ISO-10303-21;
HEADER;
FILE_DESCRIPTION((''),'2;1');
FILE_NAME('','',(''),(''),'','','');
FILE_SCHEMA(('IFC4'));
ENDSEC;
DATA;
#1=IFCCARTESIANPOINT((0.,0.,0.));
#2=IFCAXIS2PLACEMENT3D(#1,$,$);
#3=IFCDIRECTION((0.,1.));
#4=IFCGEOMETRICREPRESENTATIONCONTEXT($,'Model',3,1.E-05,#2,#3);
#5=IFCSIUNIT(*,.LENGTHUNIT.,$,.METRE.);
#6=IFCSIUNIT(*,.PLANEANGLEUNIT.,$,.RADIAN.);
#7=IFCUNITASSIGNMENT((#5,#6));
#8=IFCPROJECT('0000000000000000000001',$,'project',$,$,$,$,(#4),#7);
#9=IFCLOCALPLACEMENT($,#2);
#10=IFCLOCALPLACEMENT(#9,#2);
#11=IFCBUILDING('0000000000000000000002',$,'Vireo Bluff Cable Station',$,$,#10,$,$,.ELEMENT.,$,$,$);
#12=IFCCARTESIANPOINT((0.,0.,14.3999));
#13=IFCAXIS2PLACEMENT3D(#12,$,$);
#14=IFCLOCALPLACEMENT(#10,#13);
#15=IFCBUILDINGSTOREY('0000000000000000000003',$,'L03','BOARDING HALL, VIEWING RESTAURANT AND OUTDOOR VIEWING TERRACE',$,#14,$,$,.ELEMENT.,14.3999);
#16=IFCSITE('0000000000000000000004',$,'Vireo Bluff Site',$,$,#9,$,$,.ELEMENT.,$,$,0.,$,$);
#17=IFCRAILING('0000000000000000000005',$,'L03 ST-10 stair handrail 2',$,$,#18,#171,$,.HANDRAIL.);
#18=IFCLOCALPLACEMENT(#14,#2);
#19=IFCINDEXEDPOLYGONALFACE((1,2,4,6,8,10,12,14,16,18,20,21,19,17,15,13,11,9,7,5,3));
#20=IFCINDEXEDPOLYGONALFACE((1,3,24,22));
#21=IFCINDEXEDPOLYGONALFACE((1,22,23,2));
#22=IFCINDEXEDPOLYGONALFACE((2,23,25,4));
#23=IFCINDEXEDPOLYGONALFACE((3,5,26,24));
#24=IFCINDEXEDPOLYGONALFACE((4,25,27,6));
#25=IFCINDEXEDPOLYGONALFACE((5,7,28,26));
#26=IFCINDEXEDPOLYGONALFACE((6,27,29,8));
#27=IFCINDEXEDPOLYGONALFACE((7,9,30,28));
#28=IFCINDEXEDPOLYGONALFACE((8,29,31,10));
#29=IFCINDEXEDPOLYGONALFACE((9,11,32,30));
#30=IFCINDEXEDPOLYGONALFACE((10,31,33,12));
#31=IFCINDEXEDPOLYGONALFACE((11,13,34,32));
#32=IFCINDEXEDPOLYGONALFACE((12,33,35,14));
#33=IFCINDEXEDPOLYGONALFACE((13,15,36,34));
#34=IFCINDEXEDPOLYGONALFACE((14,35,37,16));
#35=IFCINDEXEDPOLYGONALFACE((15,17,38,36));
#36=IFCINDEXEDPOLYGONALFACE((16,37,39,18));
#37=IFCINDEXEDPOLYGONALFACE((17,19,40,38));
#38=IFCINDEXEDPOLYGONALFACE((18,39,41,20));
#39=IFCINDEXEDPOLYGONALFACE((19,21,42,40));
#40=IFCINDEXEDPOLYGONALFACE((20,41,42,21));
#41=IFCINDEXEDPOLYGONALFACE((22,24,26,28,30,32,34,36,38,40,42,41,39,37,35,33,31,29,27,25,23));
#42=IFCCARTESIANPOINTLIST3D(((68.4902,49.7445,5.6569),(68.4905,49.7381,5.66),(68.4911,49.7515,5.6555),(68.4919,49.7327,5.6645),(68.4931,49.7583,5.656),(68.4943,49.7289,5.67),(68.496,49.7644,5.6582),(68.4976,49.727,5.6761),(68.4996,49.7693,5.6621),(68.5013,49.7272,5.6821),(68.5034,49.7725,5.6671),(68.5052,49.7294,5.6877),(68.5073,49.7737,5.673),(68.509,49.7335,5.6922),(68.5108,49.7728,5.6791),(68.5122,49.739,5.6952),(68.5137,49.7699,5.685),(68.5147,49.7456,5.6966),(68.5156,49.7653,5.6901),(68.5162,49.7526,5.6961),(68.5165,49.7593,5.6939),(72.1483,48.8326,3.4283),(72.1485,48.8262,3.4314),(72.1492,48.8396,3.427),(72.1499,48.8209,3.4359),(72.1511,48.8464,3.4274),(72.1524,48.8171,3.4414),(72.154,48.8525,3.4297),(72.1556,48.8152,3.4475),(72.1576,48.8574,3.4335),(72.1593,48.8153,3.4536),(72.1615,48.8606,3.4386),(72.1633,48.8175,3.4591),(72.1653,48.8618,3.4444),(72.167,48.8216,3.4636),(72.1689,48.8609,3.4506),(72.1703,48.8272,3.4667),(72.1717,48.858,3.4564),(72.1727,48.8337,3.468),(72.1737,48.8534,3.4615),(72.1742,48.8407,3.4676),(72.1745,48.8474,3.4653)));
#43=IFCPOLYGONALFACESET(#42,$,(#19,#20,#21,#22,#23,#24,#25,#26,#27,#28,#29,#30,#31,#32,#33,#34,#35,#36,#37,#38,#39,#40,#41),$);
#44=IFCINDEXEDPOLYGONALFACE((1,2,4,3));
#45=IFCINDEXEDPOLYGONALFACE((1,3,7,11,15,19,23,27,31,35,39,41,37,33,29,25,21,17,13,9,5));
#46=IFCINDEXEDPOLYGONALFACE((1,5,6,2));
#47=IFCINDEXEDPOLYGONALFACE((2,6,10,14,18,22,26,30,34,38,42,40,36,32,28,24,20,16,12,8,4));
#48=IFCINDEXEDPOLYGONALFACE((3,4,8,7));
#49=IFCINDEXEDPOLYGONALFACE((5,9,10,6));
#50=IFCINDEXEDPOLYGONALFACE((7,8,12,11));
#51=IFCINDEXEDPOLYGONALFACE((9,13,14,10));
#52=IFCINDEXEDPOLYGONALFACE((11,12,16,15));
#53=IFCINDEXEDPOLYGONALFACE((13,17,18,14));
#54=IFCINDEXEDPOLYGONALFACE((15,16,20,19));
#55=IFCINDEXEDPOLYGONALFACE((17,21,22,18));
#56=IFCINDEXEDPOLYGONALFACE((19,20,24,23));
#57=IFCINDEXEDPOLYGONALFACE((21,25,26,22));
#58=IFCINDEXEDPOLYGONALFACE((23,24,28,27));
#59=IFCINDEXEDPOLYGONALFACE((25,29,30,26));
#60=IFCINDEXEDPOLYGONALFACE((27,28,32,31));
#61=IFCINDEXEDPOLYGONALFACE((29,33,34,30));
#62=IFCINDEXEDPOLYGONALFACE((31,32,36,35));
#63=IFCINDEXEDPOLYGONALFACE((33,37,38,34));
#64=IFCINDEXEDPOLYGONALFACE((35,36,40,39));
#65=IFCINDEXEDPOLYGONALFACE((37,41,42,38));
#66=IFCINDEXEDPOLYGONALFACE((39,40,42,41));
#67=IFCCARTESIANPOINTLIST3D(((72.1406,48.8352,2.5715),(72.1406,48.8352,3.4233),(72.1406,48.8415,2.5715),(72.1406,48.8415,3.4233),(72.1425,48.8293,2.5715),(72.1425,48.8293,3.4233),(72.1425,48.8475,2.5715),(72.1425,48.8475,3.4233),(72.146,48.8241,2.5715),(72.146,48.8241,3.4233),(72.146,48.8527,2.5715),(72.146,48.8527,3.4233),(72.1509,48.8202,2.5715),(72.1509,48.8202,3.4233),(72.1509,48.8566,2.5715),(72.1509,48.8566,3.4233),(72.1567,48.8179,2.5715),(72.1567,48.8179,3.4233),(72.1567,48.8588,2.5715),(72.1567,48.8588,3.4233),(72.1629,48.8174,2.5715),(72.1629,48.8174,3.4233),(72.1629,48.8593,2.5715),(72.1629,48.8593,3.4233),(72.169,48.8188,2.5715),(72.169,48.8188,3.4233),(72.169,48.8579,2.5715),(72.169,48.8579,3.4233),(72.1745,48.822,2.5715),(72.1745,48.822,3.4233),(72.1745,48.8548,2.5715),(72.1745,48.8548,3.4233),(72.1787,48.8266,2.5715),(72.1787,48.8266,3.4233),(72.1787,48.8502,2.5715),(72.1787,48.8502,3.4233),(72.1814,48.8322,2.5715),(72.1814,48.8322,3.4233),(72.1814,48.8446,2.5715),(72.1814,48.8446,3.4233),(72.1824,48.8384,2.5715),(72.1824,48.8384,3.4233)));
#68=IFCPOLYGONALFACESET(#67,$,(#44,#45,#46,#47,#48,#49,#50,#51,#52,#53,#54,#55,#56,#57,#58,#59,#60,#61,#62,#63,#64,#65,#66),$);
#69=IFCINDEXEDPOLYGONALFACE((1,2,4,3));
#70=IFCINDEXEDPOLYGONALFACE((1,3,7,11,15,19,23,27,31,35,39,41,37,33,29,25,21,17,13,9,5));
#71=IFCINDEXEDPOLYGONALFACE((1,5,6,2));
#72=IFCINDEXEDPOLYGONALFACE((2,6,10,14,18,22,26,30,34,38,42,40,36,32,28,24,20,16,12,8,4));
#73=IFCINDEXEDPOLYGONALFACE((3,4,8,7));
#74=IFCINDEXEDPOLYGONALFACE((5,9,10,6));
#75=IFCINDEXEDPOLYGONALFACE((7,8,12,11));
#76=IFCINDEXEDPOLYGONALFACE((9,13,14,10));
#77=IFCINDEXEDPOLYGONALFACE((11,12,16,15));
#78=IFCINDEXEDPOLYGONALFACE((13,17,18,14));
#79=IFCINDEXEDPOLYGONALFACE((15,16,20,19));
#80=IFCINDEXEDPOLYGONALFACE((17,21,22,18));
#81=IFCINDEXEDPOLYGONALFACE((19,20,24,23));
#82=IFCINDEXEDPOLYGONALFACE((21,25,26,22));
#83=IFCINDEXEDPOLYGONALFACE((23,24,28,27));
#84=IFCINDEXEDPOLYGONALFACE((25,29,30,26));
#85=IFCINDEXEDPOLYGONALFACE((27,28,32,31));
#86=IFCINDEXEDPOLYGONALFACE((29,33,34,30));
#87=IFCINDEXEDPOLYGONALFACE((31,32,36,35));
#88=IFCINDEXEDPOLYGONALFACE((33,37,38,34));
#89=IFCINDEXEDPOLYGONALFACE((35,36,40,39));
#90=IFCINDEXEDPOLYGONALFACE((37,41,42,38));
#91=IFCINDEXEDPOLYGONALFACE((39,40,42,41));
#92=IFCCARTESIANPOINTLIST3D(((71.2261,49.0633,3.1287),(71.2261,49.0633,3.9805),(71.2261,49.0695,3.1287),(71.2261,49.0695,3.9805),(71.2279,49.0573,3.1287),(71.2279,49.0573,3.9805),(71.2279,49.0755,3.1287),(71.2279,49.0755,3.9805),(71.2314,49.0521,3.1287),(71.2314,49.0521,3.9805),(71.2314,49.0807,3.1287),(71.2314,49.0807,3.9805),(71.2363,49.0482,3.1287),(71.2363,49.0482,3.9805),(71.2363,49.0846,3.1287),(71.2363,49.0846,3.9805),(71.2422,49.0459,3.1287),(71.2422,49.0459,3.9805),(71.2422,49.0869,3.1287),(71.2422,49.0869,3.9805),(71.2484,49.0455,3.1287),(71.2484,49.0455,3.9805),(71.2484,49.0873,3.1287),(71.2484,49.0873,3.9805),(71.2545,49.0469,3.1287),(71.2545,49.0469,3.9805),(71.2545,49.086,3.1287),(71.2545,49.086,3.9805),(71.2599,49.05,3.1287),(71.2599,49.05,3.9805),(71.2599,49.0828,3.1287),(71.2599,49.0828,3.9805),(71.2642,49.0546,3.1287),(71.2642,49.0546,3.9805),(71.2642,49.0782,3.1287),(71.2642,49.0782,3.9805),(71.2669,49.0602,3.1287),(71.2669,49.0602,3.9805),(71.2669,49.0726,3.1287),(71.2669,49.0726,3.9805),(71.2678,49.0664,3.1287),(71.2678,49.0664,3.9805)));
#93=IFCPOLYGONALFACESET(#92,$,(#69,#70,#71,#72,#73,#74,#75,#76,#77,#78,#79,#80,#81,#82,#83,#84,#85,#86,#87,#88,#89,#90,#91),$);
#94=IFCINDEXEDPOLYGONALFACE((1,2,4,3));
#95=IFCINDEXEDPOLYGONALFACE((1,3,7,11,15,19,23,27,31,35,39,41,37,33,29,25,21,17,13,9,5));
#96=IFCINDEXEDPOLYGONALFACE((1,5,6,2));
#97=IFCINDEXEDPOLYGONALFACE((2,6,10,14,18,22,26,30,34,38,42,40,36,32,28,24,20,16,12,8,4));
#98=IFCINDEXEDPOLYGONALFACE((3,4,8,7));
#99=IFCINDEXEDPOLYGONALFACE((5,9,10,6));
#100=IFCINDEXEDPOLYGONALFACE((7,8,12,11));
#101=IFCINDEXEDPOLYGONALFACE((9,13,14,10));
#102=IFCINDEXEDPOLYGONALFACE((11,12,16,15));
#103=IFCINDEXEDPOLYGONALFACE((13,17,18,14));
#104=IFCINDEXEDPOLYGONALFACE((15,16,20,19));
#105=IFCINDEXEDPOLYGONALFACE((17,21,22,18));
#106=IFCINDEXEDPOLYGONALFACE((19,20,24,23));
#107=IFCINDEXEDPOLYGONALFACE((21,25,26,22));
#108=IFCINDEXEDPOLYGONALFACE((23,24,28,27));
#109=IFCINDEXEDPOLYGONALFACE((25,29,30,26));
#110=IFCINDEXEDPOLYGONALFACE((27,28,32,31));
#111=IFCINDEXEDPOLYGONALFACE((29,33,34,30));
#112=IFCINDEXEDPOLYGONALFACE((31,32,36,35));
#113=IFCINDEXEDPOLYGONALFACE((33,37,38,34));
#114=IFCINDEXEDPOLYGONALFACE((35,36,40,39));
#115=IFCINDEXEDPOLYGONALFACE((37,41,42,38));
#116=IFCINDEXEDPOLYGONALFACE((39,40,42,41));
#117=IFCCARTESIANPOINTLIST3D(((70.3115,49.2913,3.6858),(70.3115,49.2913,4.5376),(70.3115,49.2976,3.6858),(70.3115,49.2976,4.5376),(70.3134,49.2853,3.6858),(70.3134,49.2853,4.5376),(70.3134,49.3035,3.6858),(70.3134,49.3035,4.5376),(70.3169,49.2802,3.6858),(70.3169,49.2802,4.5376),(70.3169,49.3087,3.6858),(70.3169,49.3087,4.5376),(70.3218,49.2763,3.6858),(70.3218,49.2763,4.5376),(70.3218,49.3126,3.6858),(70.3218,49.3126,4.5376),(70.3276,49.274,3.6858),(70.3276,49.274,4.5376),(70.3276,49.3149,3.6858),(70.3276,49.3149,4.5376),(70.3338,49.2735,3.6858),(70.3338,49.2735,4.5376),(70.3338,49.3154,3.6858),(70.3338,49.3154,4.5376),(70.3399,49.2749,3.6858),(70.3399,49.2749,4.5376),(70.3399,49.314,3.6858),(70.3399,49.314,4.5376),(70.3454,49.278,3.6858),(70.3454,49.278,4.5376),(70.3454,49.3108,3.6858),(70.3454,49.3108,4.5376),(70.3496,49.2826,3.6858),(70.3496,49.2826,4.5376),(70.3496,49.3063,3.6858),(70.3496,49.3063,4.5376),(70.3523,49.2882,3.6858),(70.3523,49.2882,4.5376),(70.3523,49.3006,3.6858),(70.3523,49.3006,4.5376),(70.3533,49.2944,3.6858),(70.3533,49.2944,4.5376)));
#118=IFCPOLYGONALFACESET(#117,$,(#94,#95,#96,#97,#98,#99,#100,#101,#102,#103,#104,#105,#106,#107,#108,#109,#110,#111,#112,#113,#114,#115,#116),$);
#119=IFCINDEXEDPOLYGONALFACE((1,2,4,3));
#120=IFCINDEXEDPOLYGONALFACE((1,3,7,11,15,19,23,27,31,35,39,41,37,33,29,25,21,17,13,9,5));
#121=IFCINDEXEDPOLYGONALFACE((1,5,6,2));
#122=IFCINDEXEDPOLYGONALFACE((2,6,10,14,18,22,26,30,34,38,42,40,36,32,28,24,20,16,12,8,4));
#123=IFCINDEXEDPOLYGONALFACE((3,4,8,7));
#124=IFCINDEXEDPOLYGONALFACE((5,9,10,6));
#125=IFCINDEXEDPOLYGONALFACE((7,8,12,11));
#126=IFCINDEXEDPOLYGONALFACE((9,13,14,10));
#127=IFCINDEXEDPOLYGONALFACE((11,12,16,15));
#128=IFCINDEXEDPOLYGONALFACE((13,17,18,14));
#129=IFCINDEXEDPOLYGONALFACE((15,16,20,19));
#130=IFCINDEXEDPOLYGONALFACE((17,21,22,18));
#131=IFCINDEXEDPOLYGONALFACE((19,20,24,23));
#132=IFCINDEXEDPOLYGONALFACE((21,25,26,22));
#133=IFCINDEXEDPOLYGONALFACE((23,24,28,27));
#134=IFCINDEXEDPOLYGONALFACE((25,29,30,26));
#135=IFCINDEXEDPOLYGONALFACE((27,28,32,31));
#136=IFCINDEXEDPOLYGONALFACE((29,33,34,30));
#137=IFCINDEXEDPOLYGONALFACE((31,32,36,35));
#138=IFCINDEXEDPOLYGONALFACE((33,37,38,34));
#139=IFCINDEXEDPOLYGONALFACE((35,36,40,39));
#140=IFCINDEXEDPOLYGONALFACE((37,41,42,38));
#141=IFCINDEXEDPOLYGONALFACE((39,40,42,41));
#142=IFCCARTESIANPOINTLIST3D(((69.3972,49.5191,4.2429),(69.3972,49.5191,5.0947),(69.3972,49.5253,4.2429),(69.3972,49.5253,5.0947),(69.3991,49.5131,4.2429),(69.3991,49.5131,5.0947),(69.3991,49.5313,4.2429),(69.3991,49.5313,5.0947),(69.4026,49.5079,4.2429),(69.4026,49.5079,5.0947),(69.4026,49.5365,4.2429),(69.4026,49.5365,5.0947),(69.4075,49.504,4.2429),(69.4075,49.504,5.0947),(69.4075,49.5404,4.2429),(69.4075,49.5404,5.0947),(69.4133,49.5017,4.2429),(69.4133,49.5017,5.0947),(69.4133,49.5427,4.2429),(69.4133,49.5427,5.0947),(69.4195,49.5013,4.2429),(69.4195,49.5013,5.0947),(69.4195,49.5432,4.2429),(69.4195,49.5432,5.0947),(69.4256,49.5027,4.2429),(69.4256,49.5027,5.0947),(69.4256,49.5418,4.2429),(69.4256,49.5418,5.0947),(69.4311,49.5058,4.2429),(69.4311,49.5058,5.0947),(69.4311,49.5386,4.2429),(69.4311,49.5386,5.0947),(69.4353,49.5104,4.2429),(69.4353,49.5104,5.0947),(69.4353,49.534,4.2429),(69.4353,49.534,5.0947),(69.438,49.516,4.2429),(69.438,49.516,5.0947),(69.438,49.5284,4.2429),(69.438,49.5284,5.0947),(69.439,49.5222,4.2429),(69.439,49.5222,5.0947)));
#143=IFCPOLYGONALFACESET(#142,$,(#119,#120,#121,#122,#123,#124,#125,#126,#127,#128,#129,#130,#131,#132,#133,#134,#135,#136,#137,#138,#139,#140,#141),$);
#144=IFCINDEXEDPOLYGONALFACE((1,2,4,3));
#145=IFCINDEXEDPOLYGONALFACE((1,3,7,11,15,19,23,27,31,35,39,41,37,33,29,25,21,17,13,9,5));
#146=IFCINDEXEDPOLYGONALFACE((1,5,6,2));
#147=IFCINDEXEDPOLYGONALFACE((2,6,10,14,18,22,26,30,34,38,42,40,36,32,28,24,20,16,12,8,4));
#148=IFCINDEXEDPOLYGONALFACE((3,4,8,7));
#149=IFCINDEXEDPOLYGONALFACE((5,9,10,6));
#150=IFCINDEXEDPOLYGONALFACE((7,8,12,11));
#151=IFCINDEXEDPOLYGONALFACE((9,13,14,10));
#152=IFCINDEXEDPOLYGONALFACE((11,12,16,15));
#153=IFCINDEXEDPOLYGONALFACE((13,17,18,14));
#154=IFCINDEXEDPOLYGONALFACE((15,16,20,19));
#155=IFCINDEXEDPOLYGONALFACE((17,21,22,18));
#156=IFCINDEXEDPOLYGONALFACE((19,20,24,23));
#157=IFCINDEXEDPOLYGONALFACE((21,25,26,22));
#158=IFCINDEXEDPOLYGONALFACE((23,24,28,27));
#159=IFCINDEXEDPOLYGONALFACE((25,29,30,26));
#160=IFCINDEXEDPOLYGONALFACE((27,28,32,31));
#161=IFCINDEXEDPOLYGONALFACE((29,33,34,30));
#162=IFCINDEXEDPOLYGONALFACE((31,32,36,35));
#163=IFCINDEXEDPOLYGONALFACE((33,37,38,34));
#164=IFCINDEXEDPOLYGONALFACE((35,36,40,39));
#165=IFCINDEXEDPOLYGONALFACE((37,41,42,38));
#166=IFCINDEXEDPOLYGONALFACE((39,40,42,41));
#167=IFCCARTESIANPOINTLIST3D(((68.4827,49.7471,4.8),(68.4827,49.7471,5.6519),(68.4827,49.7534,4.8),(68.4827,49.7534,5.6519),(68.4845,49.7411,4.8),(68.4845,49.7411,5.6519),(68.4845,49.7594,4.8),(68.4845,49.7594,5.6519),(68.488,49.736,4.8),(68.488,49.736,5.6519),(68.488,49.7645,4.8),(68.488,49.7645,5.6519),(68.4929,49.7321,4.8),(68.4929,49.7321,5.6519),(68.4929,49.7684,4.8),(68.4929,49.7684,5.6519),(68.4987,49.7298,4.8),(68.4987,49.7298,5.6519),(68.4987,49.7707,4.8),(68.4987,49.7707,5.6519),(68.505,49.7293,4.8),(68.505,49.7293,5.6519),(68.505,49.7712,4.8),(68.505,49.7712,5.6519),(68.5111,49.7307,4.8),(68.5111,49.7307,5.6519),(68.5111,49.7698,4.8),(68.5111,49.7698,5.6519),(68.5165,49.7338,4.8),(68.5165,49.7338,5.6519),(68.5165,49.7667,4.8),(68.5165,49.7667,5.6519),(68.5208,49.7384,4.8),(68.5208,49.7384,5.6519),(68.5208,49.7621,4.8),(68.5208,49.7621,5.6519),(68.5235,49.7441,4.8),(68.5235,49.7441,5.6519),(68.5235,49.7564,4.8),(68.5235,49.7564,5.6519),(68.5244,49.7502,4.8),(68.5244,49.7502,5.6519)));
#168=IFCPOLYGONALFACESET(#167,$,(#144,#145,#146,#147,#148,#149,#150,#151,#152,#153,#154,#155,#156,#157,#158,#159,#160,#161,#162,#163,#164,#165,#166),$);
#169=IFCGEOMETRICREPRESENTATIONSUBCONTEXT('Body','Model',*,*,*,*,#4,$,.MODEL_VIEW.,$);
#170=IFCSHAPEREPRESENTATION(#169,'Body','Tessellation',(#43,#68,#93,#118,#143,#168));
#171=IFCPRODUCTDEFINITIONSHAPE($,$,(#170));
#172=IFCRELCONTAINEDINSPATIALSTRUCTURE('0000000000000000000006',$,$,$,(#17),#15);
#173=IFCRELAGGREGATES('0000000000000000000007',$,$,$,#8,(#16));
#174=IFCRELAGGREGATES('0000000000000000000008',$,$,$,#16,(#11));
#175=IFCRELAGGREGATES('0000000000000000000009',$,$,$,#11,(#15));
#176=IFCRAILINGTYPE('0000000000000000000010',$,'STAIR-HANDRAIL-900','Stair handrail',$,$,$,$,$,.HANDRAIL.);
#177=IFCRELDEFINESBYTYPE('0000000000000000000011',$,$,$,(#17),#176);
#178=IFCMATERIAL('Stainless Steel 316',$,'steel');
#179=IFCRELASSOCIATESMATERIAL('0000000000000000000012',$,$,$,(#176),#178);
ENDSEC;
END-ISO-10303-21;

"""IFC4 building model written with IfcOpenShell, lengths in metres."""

from ifc_helpers import new_model, si_unit, direction, frame, origin, origin_2d, place, context, subcontext, project, spatial, circle, extrude, material, type_object, element, save


model = new_model("IFC4")

# Units and contexts
model_context = context("Model", 3, precision=1e-05, world=origin(), true_north=direction((0.0, 1.0)))
body_context = subcontext(model_context, "Body", "Model", "MODEL_VIEW")
ifc_project = project(units=[si_unit("LENGTHUNIT", "METRE"), si_unit("PLANEANGLEUNIT", "RADIAN")], contexts=[model_context])

# Site, building, storey
site_placement = place(None, origin())
site = spatial("IfcSite", under=ifc_project, at=site_placement, Name="Vireo Bluff Site", CompositionType="ELEMENT", RefElevation=0.0)
building_placement = place(site_placement, origin())
building = spatial("IfcBuilding", under=site, at=building_placement, Name="Vireo Bluff Cable Station", CompositionType="ELEMENT")
storey_placement = place(building_placement, frame((0.0, 0.0, 14.3999)))
storey = spatial("IfcBuildingStorey", under=building, at=storey_placement, Name="L03", Description="BOARDING HALL, VIEWING RESTAURANT AND OUTDOOR VIEWING TERRACE", CompositionType="ELEMENT", Elevation=14.3999)

# Railing
ifc_material_1 = material(Name="Stainless Steel 316", Category="steel")
railing_type_1 = type_object("IfcRailingType", Name="STAIR-HANDRAIL-900", Description="Stair handrail", PredefinedType="HANDRAIL", material=ifc_material_1)
railing_1_placement = place(storey_placement, frame((72.1614, 48.8384, 2.5715)))
element("IfcRailing", 1, at=railing_1_placement, inside=storey, type_object=railing_type_1, Name="L03 ST-10 stair handrail 2", PredefinedType="HANDRAIL", context=body_context, shape_type="SweptSolid", body=[
    extrude(circle(Radius=0.0239, at=origin_2d()), frame((0.0, 0.0, 0.876), z_axis=(-0.83528, 0.208221, 0.508873), x_axis=(-0.24188, -0.970306, 0.0)), (0.0, 0.0, 1.0), 4.3794),
    extrude(circle(Radius=0.021, at=origin_2d()), origin(), (0.0, 0.0, 1.0), 0.8518),
    extrude(circle(Radius=0.021, at=origin_2d()), frame((-0.9146, 0.228, 0.5571)), (0.0, 0.0, 1.0), 0.8518),
    extrude(circle(Radius=0.021, at=origin_2d()), frame((-1.8291, 0.4561, 1.1143)), (0.0, 0.0, 1.0), 0.8518),
    extrude(circle(Radius=0.021, at=origin_2d()), frame((-2.7434, 0.6838, 1.6714)), (0.0, 0.0, 1.0), 0.8518),
    extrude(circle(Radius=0.021, at=origin_2d()), frame((-3.658, 0.9119, 2.2285)), (0.0, 0.0, 1.0), 0.8518),
])

save(model, "model.ifc")
